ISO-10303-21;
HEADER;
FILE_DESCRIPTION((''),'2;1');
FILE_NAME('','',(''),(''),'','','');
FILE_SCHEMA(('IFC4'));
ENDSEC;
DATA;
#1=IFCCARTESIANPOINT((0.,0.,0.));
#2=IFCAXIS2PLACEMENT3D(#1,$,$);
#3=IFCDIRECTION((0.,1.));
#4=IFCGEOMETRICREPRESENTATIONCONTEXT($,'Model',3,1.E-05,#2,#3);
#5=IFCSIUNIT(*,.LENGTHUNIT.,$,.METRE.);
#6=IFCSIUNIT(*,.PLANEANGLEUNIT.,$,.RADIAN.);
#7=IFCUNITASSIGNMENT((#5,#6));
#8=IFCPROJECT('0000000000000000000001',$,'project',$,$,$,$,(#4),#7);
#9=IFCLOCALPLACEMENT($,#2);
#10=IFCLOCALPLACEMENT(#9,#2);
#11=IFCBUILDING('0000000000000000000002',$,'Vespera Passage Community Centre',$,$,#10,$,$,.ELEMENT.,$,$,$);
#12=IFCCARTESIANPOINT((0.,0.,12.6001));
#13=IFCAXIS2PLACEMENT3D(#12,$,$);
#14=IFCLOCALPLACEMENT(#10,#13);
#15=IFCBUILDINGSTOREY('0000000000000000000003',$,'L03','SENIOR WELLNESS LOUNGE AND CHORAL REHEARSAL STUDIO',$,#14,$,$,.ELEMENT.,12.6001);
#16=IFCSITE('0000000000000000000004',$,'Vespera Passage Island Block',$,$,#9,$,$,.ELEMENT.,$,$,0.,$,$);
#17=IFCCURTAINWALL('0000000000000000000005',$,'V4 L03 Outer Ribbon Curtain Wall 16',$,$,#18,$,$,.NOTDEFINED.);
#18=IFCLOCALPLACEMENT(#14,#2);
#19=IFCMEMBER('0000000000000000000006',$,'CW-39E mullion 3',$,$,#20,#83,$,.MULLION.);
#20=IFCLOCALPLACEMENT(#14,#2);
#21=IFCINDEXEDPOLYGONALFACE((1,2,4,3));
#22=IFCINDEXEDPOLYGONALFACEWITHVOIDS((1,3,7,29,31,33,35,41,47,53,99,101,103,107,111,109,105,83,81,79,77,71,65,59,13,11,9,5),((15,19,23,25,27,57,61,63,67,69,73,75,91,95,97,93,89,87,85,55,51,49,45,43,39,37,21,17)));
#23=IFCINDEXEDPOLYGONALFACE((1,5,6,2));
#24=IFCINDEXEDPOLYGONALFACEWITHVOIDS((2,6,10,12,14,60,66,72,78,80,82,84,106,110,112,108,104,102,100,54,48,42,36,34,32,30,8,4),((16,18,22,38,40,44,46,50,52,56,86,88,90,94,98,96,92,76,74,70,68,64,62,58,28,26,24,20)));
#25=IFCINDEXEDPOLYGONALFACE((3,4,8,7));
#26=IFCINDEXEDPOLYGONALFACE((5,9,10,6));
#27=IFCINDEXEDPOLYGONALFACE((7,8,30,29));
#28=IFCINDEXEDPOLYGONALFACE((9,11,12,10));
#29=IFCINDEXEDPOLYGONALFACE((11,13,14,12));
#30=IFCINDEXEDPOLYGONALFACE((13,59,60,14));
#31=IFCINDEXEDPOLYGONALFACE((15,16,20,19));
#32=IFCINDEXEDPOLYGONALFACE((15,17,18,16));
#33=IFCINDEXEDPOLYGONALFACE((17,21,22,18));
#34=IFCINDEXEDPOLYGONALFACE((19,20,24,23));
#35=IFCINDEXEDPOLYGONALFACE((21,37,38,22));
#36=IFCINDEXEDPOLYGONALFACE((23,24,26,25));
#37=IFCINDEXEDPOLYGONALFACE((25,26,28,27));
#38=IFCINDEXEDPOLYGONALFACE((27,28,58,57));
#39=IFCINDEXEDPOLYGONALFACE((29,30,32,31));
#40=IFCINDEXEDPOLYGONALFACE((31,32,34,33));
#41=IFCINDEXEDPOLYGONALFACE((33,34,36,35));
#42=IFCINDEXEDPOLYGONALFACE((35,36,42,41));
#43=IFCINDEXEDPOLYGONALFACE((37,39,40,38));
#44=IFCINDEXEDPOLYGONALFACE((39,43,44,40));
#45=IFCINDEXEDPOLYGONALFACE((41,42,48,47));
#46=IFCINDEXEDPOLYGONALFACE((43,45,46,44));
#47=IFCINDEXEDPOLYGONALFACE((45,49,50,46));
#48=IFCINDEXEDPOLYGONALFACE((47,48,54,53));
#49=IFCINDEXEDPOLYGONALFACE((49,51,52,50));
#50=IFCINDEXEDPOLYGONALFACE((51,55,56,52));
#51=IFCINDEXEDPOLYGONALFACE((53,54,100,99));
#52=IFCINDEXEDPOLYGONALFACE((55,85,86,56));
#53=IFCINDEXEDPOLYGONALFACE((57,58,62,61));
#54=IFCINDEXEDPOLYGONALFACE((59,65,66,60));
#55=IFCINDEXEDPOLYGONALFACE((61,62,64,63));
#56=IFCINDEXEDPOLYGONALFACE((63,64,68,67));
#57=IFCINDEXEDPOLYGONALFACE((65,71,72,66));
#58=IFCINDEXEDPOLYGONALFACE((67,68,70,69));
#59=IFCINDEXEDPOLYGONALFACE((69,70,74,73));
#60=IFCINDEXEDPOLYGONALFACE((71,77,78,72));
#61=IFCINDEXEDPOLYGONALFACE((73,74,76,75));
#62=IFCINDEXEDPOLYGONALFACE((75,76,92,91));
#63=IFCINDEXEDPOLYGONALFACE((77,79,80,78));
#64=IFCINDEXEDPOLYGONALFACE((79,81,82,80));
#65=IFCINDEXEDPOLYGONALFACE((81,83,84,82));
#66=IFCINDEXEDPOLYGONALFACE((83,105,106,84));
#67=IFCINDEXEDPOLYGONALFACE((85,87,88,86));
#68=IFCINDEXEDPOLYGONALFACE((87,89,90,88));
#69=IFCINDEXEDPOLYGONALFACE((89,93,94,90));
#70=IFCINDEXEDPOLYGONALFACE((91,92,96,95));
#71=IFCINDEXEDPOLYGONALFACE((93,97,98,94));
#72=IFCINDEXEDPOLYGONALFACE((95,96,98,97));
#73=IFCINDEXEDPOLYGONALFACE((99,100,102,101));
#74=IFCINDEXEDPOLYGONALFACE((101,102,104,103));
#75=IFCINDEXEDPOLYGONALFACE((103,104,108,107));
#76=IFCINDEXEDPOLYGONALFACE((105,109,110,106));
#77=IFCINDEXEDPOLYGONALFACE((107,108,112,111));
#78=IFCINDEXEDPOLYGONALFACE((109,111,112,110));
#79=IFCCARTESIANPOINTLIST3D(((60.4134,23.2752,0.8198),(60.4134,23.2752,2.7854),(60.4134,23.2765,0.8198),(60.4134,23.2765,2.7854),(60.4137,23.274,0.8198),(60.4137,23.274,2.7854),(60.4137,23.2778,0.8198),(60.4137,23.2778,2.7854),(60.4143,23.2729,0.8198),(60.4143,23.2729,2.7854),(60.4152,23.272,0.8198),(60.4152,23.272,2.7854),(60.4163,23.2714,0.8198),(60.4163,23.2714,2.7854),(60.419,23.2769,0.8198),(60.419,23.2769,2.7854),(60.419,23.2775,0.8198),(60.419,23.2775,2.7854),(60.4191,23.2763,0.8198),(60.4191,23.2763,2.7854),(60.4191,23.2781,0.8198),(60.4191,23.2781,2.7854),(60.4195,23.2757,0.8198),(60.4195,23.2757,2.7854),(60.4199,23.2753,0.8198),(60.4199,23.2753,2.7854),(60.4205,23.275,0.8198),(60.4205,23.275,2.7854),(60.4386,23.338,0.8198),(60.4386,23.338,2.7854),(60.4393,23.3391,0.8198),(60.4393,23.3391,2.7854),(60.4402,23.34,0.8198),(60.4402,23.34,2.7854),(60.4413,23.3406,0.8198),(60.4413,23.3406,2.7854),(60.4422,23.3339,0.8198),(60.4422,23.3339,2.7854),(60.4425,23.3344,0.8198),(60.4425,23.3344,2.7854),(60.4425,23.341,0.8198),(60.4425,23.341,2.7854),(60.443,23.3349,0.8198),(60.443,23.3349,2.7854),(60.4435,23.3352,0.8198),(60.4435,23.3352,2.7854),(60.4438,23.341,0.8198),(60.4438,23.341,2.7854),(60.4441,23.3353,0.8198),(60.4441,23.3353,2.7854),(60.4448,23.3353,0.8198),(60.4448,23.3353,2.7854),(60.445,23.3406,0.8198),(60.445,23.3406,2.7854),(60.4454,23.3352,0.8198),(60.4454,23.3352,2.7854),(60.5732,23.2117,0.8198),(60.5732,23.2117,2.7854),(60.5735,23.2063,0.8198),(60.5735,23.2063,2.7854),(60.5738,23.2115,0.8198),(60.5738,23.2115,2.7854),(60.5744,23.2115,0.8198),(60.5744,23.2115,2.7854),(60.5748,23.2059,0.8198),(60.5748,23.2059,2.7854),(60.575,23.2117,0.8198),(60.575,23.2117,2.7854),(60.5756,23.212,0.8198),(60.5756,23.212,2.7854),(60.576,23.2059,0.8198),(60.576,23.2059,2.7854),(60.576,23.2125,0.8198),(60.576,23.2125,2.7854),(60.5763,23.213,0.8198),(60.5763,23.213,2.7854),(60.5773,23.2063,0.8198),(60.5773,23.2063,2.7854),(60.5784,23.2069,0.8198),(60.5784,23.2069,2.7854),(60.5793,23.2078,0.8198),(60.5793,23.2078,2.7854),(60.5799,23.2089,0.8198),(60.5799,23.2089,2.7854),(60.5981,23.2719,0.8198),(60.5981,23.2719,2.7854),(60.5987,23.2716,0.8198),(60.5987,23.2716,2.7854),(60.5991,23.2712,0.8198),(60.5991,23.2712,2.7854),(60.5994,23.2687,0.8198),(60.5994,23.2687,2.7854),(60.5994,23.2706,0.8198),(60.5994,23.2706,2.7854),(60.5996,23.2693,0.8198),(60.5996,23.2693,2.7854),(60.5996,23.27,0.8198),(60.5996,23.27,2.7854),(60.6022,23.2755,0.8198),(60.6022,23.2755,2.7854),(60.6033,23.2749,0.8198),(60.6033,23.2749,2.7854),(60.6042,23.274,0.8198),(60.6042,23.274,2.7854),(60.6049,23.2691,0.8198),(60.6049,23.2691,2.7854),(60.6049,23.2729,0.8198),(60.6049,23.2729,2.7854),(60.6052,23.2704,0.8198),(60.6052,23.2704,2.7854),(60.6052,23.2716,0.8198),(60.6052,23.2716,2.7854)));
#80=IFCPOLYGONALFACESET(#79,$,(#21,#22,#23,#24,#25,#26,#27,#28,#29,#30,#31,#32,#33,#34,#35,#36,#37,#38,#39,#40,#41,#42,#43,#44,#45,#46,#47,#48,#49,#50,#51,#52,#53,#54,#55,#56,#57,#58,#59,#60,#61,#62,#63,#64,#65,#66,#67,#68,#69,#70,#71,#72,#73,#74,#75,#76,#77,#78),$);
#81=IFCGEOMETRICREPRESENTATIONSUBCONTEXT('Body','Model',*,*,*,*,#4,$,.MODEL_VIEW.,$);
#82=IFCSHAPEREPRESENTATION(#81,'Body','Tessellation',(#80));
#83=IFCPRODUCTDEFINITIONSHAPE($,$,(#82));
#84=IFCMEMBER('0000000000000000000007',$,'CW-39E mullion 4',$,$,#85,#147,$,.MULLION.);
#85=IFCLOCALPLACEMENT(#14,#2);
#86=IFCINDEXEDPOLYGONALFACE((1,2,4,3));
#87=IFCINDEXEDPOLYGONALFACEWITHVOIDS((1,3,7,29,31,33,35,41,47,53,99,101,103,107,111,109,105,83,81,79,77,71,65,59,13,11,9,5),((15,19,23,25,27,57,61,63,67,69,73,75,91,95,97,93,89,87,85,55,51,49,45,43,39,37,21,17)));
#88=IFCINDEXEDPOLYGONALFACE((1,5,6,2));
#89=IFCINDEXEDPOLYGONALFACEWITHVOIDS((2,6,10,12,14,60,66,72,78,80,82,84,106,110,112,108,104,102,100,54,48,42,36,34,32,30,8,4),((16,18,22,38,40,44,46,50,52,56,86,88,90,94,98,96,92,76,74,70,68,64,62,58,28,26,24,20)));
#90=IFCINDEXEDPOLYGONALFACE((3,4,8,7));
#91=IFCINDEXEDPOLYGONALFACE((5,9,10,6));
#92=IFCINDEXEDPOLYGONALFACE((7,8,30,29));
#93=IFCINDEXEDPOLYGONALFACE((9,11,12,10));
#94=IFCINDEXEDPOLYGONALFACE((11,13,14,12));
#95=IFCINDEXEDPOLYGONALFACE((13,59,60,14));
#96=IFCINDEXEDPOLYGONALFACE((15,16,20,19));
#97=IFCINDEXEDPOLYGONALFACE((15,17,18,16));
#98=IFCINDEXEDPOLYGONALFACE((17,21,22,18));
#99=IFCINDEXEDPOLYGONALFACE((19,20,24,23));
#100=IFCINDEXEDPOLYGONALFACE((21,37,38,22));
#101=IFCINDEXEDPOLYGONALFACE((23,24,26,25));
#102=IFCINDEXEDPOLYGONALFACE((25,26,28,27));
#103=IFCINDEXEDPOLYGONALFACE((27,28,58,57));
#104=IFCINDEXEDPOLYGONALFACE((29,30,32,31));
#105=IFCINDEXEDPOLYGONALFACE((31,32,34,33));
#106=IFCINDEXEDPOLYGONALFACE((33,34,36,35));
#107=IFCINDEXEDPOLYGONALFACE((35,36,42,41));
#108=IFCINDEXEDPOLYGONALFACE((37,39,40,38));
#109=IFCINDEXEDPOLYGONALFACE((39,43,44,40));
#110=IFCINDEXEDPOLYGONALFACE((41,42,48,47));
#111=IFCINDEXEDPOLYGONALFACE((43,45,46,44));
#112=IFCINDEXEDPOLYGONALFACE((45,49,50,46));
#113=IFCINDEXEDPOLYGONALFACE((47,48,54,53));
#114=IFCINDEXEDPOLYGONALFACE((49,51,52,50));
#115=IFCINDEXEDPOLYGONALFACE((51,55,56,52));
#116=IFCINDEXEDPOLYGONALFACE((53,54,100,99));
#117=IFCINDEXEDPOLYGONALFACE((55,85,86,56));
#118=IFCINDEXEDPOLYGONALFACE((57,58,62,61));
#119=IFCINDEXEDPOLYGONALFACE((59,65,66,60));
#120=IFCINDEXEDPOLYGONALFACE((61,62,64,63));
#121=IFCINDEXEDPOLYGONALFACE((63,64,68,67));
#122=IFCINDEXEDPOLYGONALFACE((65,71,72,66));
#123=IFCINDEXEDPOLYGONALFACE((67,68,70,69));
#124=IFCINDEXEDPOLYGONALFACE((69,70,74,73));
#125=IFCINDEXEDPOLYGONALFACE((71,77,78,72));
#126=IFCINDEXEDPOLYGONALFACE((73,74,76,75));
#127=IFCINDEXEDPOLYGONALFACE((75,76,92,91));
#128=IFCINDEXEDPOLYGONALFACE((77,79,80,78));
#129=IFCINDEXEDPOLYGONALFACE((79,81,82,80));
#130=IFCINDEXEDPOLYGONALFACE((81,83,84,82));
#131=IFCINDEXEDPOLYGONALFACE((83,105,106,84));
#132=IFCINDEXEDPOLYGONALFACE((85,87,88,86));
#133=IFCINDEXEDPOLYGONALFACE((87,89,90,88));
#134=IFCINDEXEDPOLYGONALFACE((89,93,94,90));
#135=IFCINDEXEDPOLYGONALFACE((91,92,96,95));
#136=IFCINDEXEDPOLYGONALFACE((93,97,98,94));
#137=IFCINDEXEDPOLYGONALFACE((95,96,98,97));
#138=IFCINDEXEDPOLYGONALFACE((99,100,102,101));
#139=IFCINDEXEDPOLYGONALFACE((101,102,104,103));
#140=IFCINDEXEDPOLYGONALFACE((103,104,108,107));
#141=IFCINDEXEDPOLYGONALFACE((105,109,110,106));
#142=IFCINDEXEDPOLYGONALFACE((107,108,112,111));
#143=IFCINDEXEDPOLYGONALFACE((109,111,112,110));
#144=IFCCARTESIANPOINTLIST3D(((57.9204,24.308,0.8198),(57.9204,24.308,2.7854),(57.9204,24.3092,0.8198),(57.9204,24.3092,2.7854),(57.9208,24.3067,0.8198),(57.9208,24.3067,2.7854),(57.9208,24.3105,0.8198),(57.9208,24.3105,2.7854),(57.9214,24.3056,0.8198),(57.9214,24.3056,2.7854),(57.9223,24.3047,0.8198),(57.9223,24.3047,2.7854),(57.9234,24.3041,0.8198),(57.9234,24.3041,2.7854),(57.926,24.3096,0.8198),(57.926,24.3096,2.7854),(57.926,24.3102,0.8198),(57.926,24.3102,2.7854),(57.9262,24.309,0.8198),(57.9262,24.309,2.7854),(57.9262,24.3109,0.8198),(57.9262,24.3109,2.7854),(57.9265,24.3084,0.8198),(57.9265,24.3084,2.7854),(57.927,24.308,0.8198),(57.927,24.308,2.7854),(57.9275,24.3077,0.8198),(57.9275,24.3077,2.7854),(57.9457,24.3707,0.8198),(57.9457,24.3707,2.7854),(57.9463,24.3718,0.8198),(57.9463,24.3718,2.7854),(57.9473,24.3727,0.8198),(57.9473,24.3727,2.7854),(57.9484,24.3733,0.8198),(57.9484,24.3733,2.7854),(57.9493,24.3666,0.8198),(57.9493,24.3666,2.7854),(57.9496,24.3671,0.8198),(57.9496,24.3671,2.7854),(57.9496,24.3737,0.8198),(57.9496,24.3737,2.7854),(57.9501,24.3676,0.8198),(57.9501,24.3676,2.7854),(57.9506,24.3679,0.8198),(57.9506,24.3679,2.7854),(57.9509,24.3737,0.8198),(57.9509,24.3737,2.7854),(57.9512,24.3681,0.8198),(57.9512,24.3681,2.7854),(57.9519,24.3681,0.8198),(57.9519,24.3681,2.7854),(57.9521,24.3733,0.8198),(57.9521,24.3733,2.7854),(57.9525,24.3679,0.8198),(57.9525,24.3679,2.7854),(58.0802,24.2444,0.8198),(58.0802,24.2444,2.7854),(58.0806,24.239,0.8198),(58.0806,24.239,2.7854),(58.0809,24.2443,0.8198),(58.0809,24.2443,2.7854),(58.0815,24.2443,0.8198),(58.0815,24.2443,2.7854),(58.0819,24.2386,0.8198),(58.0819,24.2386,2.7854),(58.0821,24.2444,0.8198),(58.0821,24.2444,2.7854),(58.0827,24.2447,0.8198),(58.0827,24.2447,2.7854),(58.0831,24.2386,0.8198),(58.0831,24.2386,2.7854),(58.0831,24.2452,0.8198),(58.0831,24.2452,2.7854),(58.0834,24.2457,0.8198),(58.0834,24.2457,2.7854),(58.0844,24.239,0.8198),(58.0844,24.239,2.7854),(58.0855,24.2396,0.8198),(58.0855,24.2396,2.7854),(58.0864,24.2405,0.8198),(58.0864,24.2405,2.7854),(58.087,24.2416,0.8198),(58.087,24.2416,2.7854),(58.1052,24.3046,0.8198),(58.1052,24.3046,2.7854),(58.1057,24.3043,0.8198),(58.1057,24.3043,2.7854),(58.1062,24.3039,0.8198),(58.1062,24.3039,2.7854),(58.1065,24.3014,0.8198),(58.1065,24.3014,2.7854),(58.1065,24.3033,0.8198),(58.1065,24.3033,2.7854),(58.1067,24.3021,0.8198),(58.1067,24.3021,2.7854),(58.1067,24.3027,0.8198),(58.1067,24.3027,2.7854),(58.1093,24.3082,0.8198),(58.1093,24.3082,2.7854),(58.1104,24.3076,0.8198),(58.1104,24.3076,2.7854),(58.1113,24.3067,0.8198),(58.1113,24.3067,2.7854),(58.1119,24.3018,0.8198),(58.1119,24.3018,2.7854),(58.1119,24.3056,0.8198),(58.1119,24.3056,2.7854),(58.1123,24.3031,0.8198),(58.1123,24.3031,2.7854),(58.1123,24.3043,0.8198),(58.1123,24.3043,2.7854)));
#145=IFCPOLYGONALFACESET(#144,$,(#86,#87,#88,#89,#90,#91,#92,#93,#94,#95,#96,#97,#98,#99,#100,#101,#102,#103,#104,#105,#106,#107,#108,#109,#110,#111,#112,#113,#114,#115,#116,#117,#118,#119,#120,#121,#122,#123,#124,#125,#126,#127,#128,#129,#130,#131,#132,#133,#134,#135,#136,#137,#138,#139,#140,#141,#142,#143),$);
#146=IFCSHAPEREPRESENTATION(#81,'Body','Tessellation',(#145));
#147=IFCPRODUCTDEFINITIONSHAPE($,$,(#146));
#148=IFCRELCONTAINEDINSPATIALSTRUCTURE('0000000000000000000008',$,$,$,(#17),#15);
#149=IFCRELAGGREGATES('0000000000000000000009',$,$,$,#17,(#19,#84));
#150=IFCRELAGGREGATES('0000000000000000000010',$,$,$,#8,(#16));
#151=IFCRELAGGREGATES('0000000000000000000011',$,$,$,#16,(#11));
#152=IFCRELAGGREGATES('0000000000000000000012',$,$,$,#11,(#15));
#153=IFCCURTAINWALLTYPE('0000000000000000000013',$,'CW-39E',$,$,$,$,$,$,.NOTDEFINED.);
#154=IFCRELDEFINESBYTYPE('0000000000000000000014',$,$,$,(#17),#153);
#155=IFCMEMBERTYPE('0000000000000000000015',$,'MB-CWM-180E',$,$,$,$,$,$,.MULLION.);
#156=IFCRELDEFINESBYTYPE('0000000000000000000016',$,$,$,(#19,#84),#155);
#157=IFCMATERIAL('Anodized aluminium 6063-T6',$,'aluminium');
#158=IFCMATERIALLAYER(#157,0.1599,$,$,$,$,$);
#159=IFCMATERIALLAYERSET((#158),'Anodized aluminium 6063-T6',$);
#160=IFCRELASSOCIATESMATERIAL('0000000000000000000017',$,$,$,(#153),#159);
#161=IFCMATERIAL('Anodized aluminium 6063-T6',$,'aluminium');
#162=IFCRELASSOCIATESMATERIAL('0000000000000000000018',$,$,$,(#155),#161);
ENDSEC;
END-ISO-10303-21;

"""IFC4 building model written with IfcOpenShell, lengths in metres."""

from ifc_helpers import new_model, si_unit, direction, frame, origin, origin_2d, place, context, subcontext, project, spatial, hollow_rectangle, extrude, material, layer, layer_set, material_profile, profile_set, type_object, element, aggregate, save


model = new_model("IFC4")

# Units and contexts
model_context = context("Model", 3, precision=1e-05, world=origin(), true_north=direction((0.0, 1.0)))
body_context = subcontext(model_context, "Body", "Model", "MODEL_VIEW")
ifc_project = project(units=[si_unit("LENGTHUNIT", "METRE"), si_unit("PLANEANGLEUNIT", "RADIAN")], contexts=[model_context])

# Site, building, storey
site_placement = place(None, origin())
site = spatial("IfcSite", under=ifc_project, at=site_placement, Name="Vespera Passage Island Block", CompositionType="ELEMENT", RefElevation=0.0)
building_placement = place(site_placement, origin())
building = spatial("IfcBuilding", under=site, at=building_placement, Name="Vespera Passage Community Centre", CompositionType="ELEMENT")
storey_placement = place(building_placement, frame((0.0, 0.0, 12.6001)))
storey = spatial("IfcBuildingStorey", under=building, at=storey_placement, Name="L03", Description="SENIOR WELLNESS LOUNGE AND CHORAL REHEARSAL STUDIO", CompositionType="ELEMENT", Elevation=12.6001)

# Curtain wall, members
ifc_material_1 = material(Name="Anodized aluminium 6063-T6", Category="aluminium")
ifc_layer_1 = layer(ifc_material_1, 0.1599)
ifc_layer_set_1 = layer_set([ifc_layer_1], Name="Anodized aluminium 6063-T6")
curtain_wall_type = type_object("IfcCurtainWallType", Name="CW-39E", PredefinedType="NOTDEFINED", material=ifc_layer_set_1)
curtain_wall_placement = place(storey_placement, origin())
curtain_wall = element("IfcCurtainWall", 1, at=curtain_wall_placement, inside=storey, type_object=curtain_wall_type, Name="V4 L03 Outer Ribbon Curtain Wall 16", PredefinedType="NOTDEFINED")
ifc_material_2 = material(Name="Anodized aluminium 6063-T6", Category="aluminium")
ifc_material_profile_1 = material_profile(ifc_material_2, hollow_rectangle(XDim=0.075, YDim=0.1799, WallThickness=0.0049, InnerFilletRadius=0.0024, OuterFilletRadius=0.0049, at=origin_2d()), Name="ALU180X75X5")
ifc_profile_set_1 = profile_set([ifc_material_profile_1], Name="Anodized aluminium 6063-T6")
member_type_1 = type_object("IfcMemberType", Name="MB-CWM-180E", PredefinedType="MULLION", material=ifc_profile_set_1)
member_1_placement = place(storey_placement, frame((60.5093, 23.2734, 0.8198), z_axis=(0.0, 0.0, 1.0), x_axis=(-0.382683, -0.92388, 0.0)))
member_1 = element("IfcMember", 2, at=member_1_placement, type_object=member_type_1, Name="CW-39E mullion 3", PredefinedType="MULLION", context=body_context, shape_type="SweptSolid", body=[
    extrude(hollow_rectangle(XDim=0.075, YDim=0.1799, WallThickness=0.0049, InnerFilletRadius=0.0024, OuterFilletRadius=0.0049, at=origin_2d()), origin(), (0.0, 0.0, 1.0), 1.9656),
])
member_2_placement = place(storey_placement, frame((58.0164, 24.3062, 0.8198), z_axis=(0.0, 0.0, 1.0), x_axis=(-0.382683, -0.92388, 0.0)))
member_2 = element("IfcMember", 3, at=member_2_placement, type_object=member_type_1, Name="CW-39E mullion 4", PredefinedType="MULLION", context=body_context, shape_type="SweptSolid", body=[
    extrude(hollow_rectangle(XDim=0.075, YDim=0.1799, WallThickness=0.0049, InnerFilletRadius=0.0024, OuterFilletRadius=0.0049, at=origin_2d()), origin(), (0.0, 0.0, 1.0), 1.9656),
])
aggregate(curtain_wall, [member_1, member_2])

save(model, "model.ifc")
